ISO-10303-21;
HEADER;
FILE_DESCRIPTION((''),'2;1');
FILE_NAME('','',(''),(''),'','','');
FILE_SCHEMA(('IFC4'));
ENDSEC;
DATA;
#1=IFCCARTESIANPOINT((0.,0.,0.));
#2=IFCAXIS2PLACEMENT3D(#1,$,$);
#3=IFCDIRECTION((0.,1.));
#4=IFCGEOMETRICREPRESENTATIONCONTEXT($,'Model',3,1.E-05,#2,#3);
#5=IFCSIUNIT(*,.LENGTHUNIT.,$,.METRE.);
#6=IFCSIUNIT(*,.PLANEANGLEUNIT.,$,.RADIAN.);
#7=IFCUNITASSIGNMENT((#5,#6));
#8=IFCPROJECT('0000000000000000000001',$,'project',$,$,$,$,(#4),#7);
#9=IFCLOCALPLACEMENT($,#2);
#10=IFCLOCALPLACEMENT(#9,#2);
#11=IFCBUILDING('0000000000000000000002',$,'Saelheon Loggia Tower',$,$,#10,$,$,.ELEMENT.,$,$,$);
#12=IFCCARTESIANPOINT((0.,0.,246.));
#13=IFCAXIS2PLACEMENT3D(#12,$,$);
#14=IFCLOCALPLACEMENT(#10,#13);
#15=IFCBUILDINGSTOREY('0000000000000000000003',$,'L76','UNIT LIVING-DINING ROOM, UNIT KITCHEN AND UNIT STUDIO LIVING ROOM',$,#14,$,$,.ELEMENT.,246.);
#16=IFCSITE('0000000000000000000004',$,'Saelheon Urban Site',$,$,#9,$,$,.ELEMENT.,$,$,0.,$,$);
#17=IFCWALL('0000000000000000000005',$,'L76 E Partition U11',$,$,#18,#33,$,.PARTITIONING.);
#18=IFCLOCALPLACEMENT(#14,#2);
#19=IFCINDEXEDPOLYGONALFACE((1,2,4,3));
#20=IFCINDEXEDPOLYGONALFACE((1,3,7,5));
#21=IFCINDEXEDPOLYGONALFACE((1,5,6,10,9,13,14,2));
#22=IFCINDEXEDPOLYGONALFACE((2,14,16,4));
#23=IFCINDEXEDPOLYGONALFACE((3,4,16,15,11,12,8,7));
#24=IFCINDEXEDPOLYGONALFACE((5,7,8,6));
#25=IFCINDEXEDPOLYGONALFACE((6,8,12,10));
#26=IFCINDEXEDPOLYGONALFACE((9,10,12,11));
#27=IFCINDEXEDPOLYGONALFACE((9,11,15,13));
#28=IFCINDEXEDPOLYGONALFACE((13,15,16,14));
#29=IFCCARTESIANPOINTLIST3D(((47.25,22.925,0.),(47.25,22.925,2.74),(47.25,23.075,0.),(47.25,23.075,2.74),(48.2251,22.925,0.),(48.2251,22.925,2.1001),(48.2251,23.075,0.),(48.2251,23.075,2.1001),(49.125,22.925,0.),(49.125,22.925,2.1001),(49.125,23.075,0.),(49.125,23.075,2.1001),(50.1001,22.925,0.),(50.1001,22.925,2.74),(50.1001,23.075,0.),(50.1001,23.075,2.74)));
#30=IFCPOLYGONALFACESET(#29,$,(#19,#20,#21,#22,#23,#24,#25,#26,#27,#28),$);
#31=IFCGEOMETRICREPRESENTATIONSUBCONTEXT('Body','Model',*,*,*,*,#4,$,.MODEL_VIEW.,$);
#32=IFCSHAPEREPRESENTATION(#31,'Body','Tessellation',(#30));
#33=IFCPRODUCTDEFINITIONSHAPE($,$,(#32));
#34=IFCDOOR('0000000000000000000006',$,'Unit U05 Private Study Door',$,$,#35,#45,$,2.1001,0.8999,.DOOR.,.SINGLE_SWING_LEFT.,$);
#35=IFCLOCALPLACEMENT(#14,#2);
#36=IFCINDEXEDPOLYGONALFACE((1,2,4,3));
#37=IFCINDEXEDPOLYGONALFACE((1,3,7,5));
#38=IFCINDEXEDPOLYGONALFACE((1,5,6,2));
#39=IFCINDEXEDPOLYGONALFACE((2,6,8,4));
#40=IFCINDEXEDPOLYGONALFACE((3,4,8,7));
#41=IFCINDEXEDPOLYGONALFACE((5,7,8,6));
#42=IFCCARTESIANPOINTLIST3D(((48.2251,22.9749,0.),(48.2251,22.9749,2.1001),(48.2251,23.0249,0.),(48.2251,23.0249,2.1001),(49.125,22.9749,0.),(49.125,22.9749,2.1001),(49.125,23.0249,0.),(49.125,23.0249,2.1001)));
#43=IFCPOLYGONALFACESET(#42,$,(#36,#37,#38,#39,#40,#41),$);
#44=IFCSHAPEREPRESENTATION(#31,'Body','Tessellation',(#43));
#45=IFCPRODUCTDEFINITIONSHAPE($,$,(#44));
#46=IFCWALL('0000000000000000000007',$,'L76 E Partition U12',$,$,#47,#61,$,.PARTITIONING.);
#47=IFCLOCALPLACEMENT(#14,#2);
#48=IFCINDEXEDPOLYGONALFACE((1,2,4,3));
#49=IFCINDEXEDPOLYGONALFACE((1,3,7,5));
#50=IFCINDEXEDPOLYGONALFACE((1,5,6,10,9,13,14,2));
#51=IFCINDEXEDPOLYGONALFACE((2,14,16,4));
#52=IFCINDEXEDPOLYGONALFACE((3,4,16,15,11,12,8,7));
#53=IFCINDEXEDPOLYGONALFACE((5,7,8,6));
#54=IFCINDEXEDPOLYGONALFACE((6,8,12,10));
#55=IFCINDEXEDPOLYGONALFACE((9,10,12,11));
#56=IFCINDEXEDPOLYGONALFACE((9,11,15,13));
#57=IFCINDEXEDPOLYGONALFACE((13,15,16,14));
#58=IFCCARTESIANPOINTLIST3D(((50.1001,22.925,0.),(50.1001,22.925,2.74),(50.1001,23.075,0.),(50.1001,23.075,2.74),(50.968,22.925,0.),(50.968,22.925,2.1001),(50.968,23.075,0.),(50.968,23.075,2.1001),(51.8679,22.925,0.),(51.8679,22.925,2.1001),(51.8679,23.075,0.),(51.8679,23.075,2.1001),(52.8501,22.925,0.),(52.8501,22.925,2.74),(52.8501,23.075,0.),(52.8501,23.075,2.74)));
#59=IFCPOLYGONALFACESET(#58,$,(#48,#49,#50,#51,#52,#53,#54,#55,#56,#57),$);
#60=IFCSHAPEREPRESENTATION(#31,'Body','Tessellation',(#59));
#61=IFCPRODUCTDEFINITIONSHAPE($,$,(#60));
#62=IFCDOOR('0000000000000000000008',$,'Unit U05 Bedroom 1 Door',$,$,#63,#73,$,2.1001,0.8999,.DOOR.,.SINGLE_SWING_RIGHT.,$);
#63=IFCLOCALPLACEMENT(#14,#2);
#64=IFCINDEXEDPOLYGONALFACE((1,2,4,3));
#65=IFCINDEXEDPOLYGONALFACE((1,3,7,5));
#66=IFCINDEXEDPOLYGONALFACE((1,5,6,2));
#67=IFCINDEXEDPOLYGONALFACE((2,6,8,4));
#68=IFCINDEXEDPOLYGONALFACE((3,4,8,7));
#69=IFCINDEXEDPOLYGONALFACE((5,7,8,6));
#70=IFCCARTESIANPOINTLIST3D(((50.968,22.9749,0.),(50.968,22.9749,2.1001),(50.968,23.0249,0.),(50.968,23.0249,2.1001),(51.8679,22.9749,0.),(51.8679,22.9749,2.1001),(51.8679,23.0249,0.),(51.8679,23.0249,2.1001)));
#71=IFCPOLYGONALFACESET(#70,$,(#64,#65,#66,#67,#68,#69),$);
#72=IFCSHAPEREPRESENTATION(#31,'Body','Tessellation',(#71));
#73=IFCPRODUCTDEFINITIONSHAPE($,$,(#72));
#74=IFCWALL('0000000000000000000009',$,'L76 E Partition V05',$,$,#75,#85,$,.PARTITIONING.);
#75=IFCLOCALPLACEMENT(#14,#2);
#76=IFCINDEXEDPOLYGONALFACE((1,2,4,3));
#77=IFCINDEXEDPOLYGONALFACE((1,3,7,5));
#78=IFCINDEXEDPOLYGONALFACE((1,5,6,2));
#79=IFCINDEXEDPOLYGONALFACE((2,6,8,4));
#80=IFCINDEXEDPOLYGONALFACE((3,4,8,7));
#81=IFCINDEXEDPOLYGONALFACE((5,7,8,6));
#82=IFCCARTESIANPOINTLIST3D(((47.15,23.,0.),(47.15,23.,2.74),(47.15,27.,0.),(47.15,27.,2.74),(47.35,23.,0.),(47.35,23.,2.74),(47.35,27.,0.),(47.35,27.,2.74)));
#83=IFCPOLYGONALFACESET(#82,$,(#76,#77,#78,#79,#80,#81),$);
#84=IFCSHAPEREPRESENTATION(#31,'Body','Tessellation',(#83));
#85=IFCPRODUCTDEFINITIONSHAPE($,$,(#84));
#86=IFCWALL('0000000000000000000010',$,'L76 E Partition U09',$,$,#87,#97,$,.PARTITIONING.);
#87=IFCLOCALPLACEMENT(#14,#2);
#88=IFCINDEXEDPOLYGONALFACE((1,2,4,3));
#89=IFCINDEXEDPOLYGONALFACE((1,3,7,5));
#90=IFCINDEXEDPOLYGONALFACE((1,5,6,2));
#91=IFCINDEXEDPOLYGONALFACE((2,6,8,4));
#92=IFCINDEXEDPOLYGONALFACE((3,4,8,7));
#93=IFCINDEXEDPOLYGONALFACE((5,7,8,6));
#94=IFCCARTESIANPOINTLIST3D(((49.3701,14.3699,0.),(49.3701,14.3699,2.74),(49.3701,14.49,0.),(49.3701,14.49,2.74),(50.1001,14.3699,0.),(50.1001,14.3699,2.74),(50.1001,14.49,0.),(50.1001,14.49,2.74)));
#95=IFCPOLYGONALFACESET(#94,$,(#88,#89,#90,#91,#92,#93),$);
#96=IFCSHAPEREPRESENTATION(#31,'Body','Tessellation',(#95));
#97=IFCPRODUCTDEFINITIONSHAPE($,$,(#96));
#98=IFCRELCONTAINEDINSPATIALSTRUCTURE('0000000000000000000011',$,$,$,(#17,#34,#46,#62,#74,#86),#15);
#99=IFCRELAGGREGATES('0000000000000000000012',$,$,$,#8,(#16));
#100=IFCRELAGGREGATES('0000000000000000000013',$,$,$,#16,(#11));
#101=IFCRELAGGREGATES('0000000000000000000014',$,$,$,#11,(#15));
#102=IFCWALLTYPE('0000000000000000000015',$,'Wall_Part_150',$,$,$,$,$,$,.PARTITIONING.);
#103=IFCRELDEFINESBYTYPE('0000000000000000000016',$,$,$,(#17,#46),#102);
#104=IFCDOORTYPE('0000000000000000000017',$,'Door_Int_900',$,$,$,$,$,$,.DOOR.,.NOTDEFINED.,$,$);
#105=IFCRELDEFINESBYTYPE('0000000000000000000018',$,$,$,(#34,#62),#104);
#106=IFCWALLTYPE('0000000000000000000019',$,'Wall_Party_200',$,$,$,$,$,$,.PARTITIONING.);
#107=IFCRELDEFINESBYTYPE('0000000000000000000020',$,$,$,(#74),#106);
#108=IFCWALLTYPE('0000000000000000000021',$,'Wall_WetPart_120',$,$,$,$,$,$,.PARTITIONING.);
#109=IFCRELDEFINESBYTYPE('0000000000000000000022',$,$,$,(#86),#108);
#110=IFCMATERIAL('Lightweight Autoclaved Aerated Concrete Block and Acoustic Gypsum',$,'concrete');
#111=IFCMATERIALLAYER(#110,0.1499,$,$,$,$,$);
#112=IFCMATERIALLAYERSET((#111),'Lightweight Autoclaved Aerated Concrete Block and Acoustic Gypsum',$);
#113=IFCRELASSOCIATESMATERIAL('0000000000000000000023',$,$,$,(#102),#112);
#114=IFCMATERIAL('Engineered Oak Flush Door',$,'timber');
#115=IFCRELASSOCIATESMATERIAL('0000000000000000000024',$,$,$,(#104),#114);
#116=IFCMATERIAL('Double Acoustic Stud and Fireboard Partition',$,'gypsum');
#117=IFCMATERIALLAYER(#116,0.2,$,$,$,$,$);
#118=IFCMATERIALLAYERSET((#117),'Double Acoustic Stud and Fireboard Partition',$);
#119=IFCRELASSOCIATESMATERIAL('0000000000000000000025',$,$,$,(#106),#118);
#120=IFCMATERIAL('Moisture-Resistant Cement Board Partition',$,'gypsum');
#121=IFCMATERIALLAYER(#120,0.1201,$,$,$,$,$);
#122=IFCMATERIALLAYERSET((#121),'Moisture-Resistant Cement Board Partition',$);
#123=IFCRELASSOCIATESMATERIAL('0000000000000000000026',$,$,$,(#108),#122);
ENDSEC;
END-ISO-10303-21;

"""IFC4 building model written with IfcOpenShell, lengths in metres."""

from ifc_helpers import new_model, si_unit, direction, frame, frame_2d, origin, place, context, subcontext, project, spatial, rectangle, extrude, source, transform, mapped, material, layer, layer_set, type_object, element, fill, save


model = new_model("IFC4")

# Units and contexts
model_context = context("Model", 3, precision=1e-05, world=origin(), true_north=direction((0.0, 1.0)))
body_context = subcontext(model_context, "Body", "Model", "MODEL_VIEW")
ifc_project = project(units=[si_unit("LENGTHUNIT", "METRE"), si_unit("PLANEANGLEUNIT", "RADIAN")], contexts=[model_context])

# Site, building, storey
site_placement = place(None, origin())
site = spatial("IfcSite", under=ifc_project, at=site_placement, Name="Saelheon Urban Site", CompositionType="ELEMENT", RefElevation=0.0)
building_placement = place(site_placement, origin())
building = spatial("IfcBuilding", under=site, at=building_placement, Name="Saelheon Loggia Tower", CompositionType="ELEMENT")
storey_placement = place(building_placement, frame((0.0, 0.0, 246.0)))
storey = spatial("IfcBuildingStorey", under=building, at=storey_placement, Name="L76", Description="UNIT LIVING-DINING ROOM, UNIT KITCHEN AND UNIT STUDIO LIVING ROOM", CompositionType="ELEMENT", Elevation=246.0)

# Shared definitions
ifc_material_1 = material(Name="Lightweight Autoclaved Aerated Concrete Block and Acoustic Gypsum", Category="concrete")
ifc_layer_1 = layer(ifc_material_1, 0.1499)
ifc_layer_set_1 = layer_set([ifc_layer_1], Name="Lightweight Autoclaved Aerated Concrete Block and Acoustic Gypsum")
wall_type_1 = type_object("IfcWallType", Name="Wall_Part_150", PredefinedType="PARTITIONING", material=ifc_layer_set_1)

# Walls, openings, doors
ifc_material_2 = material(Name="Engineered Oak Flush Door", Category="timber")
door_type = type_object("IfcDoorType", Name="Door_Int_900", OperationType="NOTDEFINED", PredefinedType="DOOR", material=ifc_material_2)
shared_shape_1 = source(origin(), body_context, "Body", "SweptSolid", [
    extrude(rectangle(XDim=0.8999, YDim=2.1001, at=frame_2d((0.45, 1.05))), frame((0.0, 0.0249, 0.0), z_axis=(0.0, -1.0, 0.0), x_axis=(1.0, 0.0, 0.0)), (0.0, 0.0, 1.0), 0.05),
])
wall_1_placement = place(storey_placement, frame((47.25, 23.0, 0.0), z_axis=(0.0, 0.0, 1.0), x_axis=(1.0, 0.0, 0.0)))
wall_1 = element("IfcWall", 1, at=wall_1_placement, inside=storey, type_object=wall_type_1, Name="L76 E Partition U11", PredefinedType="PARTITIONING", context=body_context, shape_type="SweptSolid", body=[
    extrude(rectangle(XDim=2.8501, YDim=0.1499, at=frame_2d((1.425, 0.0))), origin(), (0.0, 0.0, 1.0), 2.74),
])
opening_1_placement = place(wall_1_placement, frame((0.9751, 0.0, 0.0)))
opening_1 = element("IfcOpeningElement", 2, at=opening_1_placement, cuts=wall_1, PredefinedType="OPENING", context=body_context, shape_type="SweptSolid", body=[
    extrude(rectangle(XDim=0.8999, YDim=2.1001, at=frame_2d((0.45, 1.05))), frame((0.0, 0.0869, 0.0), z_axis=(0.0, -1.0, 0.0), x_axis=(1.0, 0.0, 0.0)), (0.0, 0.0, 1.0), 0.1738),
])
door_1_placement = place(opening_1_placement, origin())
door_1 = element("IfcDoor", 3, at=door_1_placement, inside=storey, type_object=door_type, Name="Unit U05 Private Study Door", OperationType="SINGLE_SWING_LEFT", OverallHeight=2.1001, OverallWidth=0.8999, PredefinedType="DOOR", context=body_context, shape_type="MappedRepresentation", body=[
    mapped(shared_shape_1, transform((0.0, 0.0, 0.0), scale=1.0)),
])
fill(opening_1, door_1)
wall_2_placement = place(storey_placement, frame((50.1001, 23.0, 0.0), z_axis=(0.0, 0.0, 1.0), x_axis=(1.0, 0.0, 0.0)))
wall_2 = element("IfcWall", 4, at=wall_2_placement, inside=storey, type_object=wall_type_1, Name="L76 E Partition U12", PredefinedType="PARTITIONING", context=body_context, shape_type="SweptSolid", body=[
    extrude(rectangle(XDim=2.75, YDim=0.1499, at=frame_2d((1.375, 0.0))), origin(), (0.0, 0.0, 1.0), 2.74),
])
opening_2_placement = place(wall_2_placement, frame((0.8679, 0.0, 0.0)))
opening_2 = element("IfcOpeningElement", 5, at=opening_2_placement, cuts=wall_2, PredefinedType="OPENING", context=body_context, shape_type="SweptSolid", body=[
    extrude(rectangle(XDim=0.8999, YDim=2.1001, at=frame_2d((0.45, 1.05))), frame((0.0, 0.0869, 0.0), z_axis=(0.0, -1.0, 0.0), x_axis=(1.0, 0.0, 0.0)), (0.0, 0.0, 1.0), 0.1738),
])
door_2_placement = place(opening_2_placement, origin())
door_2 = element("IfcDoor", 6, at=door_2_placement, inside=storey, type_object=door_type, Name="Unit U05 Bedroom 1 Door", OperationType="SINGLE_SWING_RIGHT", OverallHeight=2.1001, OverallWidth=0.8999, PredefinedType="DOOR", context=body_context, shape_type="MappedRepresentation", body=[
    mapped(shared_shape_1, transform((0.0, 0.0, 0.0), scale=1.0)),
])
fill(opening_2, door_2)

# Walls
ifc_material_3 = material(Name="Double Acoustic Stud and Fireboard Partition", Category="gypsum")
ifc_layer_2 = layer(ifc_material_3, 0.2)
ifc_layer_set_2 = layer_set([ifc_layer_2], Name="Double Acoustic Stud and Fireboard Partition")
wall_type_2 = type_object("IfcWallType", Name="Wall_Party_200", PredefinedType="PARTITIONING", material=ifc_layer_set_2)
wall_3_placement = place(storey_placement, frame((47.25, 23.0, 0.0), z_axis=(0.0, 0.0, 1.0), x_axis=(0.0, 1.0, 0.0)))
element("IfcWall", 7, at=wall_3_placement, inside=storey, type_object=wall_type_2, Name="L76 E Partition V05", PredefinedType="PARTITIONING", context=body_context, shape_type="SweptSolid", body=[
    extrude(rectangle(XDim=4.0, YDim=0.2, at=frame_2d((2.0, 0.0))), origin(), (0.0, 0.0, 1.0), 2.74),
])
ifc_material_4 = material(Name="Moisture-Resistant Cement Board Partition", Category="gypsum")
ifc_layer_3 = layer(ifc_material_4, 0.1201)
ifc_layer_set_3 = layer_set([ifc_layer_3], Name="Moisture-Resistant Cement Board Partition")
wall_type_3 = type_object("IfcWallType", Name="Wall_WetPart_120", PredefinedType="PARTITIONING", material=ifc_layer_set_3)
wall_4_placement = place(storey_placement, frame((49.3701, 14.4299, 0.0), z_axis=(0.0, 0.0, 1.0), x_axis=(1.0, 0.0, 0.0)))
element("IfcWall", 8, at=wall_4_placement, inside=storey, type_object=wall_type_3, Name="L76 E Partition U09", PredefinedType="PARTITIONING", context=body_context, shape_type="SweptSolid", body=[
    extrude(rectangle(XDim=0.73, YDim=0.1201, at=frame_2d((0.365, 0.0))), origin(), (0.0, 0.0, 1.0), 2.74),
])

save(model, "model.ifc")
